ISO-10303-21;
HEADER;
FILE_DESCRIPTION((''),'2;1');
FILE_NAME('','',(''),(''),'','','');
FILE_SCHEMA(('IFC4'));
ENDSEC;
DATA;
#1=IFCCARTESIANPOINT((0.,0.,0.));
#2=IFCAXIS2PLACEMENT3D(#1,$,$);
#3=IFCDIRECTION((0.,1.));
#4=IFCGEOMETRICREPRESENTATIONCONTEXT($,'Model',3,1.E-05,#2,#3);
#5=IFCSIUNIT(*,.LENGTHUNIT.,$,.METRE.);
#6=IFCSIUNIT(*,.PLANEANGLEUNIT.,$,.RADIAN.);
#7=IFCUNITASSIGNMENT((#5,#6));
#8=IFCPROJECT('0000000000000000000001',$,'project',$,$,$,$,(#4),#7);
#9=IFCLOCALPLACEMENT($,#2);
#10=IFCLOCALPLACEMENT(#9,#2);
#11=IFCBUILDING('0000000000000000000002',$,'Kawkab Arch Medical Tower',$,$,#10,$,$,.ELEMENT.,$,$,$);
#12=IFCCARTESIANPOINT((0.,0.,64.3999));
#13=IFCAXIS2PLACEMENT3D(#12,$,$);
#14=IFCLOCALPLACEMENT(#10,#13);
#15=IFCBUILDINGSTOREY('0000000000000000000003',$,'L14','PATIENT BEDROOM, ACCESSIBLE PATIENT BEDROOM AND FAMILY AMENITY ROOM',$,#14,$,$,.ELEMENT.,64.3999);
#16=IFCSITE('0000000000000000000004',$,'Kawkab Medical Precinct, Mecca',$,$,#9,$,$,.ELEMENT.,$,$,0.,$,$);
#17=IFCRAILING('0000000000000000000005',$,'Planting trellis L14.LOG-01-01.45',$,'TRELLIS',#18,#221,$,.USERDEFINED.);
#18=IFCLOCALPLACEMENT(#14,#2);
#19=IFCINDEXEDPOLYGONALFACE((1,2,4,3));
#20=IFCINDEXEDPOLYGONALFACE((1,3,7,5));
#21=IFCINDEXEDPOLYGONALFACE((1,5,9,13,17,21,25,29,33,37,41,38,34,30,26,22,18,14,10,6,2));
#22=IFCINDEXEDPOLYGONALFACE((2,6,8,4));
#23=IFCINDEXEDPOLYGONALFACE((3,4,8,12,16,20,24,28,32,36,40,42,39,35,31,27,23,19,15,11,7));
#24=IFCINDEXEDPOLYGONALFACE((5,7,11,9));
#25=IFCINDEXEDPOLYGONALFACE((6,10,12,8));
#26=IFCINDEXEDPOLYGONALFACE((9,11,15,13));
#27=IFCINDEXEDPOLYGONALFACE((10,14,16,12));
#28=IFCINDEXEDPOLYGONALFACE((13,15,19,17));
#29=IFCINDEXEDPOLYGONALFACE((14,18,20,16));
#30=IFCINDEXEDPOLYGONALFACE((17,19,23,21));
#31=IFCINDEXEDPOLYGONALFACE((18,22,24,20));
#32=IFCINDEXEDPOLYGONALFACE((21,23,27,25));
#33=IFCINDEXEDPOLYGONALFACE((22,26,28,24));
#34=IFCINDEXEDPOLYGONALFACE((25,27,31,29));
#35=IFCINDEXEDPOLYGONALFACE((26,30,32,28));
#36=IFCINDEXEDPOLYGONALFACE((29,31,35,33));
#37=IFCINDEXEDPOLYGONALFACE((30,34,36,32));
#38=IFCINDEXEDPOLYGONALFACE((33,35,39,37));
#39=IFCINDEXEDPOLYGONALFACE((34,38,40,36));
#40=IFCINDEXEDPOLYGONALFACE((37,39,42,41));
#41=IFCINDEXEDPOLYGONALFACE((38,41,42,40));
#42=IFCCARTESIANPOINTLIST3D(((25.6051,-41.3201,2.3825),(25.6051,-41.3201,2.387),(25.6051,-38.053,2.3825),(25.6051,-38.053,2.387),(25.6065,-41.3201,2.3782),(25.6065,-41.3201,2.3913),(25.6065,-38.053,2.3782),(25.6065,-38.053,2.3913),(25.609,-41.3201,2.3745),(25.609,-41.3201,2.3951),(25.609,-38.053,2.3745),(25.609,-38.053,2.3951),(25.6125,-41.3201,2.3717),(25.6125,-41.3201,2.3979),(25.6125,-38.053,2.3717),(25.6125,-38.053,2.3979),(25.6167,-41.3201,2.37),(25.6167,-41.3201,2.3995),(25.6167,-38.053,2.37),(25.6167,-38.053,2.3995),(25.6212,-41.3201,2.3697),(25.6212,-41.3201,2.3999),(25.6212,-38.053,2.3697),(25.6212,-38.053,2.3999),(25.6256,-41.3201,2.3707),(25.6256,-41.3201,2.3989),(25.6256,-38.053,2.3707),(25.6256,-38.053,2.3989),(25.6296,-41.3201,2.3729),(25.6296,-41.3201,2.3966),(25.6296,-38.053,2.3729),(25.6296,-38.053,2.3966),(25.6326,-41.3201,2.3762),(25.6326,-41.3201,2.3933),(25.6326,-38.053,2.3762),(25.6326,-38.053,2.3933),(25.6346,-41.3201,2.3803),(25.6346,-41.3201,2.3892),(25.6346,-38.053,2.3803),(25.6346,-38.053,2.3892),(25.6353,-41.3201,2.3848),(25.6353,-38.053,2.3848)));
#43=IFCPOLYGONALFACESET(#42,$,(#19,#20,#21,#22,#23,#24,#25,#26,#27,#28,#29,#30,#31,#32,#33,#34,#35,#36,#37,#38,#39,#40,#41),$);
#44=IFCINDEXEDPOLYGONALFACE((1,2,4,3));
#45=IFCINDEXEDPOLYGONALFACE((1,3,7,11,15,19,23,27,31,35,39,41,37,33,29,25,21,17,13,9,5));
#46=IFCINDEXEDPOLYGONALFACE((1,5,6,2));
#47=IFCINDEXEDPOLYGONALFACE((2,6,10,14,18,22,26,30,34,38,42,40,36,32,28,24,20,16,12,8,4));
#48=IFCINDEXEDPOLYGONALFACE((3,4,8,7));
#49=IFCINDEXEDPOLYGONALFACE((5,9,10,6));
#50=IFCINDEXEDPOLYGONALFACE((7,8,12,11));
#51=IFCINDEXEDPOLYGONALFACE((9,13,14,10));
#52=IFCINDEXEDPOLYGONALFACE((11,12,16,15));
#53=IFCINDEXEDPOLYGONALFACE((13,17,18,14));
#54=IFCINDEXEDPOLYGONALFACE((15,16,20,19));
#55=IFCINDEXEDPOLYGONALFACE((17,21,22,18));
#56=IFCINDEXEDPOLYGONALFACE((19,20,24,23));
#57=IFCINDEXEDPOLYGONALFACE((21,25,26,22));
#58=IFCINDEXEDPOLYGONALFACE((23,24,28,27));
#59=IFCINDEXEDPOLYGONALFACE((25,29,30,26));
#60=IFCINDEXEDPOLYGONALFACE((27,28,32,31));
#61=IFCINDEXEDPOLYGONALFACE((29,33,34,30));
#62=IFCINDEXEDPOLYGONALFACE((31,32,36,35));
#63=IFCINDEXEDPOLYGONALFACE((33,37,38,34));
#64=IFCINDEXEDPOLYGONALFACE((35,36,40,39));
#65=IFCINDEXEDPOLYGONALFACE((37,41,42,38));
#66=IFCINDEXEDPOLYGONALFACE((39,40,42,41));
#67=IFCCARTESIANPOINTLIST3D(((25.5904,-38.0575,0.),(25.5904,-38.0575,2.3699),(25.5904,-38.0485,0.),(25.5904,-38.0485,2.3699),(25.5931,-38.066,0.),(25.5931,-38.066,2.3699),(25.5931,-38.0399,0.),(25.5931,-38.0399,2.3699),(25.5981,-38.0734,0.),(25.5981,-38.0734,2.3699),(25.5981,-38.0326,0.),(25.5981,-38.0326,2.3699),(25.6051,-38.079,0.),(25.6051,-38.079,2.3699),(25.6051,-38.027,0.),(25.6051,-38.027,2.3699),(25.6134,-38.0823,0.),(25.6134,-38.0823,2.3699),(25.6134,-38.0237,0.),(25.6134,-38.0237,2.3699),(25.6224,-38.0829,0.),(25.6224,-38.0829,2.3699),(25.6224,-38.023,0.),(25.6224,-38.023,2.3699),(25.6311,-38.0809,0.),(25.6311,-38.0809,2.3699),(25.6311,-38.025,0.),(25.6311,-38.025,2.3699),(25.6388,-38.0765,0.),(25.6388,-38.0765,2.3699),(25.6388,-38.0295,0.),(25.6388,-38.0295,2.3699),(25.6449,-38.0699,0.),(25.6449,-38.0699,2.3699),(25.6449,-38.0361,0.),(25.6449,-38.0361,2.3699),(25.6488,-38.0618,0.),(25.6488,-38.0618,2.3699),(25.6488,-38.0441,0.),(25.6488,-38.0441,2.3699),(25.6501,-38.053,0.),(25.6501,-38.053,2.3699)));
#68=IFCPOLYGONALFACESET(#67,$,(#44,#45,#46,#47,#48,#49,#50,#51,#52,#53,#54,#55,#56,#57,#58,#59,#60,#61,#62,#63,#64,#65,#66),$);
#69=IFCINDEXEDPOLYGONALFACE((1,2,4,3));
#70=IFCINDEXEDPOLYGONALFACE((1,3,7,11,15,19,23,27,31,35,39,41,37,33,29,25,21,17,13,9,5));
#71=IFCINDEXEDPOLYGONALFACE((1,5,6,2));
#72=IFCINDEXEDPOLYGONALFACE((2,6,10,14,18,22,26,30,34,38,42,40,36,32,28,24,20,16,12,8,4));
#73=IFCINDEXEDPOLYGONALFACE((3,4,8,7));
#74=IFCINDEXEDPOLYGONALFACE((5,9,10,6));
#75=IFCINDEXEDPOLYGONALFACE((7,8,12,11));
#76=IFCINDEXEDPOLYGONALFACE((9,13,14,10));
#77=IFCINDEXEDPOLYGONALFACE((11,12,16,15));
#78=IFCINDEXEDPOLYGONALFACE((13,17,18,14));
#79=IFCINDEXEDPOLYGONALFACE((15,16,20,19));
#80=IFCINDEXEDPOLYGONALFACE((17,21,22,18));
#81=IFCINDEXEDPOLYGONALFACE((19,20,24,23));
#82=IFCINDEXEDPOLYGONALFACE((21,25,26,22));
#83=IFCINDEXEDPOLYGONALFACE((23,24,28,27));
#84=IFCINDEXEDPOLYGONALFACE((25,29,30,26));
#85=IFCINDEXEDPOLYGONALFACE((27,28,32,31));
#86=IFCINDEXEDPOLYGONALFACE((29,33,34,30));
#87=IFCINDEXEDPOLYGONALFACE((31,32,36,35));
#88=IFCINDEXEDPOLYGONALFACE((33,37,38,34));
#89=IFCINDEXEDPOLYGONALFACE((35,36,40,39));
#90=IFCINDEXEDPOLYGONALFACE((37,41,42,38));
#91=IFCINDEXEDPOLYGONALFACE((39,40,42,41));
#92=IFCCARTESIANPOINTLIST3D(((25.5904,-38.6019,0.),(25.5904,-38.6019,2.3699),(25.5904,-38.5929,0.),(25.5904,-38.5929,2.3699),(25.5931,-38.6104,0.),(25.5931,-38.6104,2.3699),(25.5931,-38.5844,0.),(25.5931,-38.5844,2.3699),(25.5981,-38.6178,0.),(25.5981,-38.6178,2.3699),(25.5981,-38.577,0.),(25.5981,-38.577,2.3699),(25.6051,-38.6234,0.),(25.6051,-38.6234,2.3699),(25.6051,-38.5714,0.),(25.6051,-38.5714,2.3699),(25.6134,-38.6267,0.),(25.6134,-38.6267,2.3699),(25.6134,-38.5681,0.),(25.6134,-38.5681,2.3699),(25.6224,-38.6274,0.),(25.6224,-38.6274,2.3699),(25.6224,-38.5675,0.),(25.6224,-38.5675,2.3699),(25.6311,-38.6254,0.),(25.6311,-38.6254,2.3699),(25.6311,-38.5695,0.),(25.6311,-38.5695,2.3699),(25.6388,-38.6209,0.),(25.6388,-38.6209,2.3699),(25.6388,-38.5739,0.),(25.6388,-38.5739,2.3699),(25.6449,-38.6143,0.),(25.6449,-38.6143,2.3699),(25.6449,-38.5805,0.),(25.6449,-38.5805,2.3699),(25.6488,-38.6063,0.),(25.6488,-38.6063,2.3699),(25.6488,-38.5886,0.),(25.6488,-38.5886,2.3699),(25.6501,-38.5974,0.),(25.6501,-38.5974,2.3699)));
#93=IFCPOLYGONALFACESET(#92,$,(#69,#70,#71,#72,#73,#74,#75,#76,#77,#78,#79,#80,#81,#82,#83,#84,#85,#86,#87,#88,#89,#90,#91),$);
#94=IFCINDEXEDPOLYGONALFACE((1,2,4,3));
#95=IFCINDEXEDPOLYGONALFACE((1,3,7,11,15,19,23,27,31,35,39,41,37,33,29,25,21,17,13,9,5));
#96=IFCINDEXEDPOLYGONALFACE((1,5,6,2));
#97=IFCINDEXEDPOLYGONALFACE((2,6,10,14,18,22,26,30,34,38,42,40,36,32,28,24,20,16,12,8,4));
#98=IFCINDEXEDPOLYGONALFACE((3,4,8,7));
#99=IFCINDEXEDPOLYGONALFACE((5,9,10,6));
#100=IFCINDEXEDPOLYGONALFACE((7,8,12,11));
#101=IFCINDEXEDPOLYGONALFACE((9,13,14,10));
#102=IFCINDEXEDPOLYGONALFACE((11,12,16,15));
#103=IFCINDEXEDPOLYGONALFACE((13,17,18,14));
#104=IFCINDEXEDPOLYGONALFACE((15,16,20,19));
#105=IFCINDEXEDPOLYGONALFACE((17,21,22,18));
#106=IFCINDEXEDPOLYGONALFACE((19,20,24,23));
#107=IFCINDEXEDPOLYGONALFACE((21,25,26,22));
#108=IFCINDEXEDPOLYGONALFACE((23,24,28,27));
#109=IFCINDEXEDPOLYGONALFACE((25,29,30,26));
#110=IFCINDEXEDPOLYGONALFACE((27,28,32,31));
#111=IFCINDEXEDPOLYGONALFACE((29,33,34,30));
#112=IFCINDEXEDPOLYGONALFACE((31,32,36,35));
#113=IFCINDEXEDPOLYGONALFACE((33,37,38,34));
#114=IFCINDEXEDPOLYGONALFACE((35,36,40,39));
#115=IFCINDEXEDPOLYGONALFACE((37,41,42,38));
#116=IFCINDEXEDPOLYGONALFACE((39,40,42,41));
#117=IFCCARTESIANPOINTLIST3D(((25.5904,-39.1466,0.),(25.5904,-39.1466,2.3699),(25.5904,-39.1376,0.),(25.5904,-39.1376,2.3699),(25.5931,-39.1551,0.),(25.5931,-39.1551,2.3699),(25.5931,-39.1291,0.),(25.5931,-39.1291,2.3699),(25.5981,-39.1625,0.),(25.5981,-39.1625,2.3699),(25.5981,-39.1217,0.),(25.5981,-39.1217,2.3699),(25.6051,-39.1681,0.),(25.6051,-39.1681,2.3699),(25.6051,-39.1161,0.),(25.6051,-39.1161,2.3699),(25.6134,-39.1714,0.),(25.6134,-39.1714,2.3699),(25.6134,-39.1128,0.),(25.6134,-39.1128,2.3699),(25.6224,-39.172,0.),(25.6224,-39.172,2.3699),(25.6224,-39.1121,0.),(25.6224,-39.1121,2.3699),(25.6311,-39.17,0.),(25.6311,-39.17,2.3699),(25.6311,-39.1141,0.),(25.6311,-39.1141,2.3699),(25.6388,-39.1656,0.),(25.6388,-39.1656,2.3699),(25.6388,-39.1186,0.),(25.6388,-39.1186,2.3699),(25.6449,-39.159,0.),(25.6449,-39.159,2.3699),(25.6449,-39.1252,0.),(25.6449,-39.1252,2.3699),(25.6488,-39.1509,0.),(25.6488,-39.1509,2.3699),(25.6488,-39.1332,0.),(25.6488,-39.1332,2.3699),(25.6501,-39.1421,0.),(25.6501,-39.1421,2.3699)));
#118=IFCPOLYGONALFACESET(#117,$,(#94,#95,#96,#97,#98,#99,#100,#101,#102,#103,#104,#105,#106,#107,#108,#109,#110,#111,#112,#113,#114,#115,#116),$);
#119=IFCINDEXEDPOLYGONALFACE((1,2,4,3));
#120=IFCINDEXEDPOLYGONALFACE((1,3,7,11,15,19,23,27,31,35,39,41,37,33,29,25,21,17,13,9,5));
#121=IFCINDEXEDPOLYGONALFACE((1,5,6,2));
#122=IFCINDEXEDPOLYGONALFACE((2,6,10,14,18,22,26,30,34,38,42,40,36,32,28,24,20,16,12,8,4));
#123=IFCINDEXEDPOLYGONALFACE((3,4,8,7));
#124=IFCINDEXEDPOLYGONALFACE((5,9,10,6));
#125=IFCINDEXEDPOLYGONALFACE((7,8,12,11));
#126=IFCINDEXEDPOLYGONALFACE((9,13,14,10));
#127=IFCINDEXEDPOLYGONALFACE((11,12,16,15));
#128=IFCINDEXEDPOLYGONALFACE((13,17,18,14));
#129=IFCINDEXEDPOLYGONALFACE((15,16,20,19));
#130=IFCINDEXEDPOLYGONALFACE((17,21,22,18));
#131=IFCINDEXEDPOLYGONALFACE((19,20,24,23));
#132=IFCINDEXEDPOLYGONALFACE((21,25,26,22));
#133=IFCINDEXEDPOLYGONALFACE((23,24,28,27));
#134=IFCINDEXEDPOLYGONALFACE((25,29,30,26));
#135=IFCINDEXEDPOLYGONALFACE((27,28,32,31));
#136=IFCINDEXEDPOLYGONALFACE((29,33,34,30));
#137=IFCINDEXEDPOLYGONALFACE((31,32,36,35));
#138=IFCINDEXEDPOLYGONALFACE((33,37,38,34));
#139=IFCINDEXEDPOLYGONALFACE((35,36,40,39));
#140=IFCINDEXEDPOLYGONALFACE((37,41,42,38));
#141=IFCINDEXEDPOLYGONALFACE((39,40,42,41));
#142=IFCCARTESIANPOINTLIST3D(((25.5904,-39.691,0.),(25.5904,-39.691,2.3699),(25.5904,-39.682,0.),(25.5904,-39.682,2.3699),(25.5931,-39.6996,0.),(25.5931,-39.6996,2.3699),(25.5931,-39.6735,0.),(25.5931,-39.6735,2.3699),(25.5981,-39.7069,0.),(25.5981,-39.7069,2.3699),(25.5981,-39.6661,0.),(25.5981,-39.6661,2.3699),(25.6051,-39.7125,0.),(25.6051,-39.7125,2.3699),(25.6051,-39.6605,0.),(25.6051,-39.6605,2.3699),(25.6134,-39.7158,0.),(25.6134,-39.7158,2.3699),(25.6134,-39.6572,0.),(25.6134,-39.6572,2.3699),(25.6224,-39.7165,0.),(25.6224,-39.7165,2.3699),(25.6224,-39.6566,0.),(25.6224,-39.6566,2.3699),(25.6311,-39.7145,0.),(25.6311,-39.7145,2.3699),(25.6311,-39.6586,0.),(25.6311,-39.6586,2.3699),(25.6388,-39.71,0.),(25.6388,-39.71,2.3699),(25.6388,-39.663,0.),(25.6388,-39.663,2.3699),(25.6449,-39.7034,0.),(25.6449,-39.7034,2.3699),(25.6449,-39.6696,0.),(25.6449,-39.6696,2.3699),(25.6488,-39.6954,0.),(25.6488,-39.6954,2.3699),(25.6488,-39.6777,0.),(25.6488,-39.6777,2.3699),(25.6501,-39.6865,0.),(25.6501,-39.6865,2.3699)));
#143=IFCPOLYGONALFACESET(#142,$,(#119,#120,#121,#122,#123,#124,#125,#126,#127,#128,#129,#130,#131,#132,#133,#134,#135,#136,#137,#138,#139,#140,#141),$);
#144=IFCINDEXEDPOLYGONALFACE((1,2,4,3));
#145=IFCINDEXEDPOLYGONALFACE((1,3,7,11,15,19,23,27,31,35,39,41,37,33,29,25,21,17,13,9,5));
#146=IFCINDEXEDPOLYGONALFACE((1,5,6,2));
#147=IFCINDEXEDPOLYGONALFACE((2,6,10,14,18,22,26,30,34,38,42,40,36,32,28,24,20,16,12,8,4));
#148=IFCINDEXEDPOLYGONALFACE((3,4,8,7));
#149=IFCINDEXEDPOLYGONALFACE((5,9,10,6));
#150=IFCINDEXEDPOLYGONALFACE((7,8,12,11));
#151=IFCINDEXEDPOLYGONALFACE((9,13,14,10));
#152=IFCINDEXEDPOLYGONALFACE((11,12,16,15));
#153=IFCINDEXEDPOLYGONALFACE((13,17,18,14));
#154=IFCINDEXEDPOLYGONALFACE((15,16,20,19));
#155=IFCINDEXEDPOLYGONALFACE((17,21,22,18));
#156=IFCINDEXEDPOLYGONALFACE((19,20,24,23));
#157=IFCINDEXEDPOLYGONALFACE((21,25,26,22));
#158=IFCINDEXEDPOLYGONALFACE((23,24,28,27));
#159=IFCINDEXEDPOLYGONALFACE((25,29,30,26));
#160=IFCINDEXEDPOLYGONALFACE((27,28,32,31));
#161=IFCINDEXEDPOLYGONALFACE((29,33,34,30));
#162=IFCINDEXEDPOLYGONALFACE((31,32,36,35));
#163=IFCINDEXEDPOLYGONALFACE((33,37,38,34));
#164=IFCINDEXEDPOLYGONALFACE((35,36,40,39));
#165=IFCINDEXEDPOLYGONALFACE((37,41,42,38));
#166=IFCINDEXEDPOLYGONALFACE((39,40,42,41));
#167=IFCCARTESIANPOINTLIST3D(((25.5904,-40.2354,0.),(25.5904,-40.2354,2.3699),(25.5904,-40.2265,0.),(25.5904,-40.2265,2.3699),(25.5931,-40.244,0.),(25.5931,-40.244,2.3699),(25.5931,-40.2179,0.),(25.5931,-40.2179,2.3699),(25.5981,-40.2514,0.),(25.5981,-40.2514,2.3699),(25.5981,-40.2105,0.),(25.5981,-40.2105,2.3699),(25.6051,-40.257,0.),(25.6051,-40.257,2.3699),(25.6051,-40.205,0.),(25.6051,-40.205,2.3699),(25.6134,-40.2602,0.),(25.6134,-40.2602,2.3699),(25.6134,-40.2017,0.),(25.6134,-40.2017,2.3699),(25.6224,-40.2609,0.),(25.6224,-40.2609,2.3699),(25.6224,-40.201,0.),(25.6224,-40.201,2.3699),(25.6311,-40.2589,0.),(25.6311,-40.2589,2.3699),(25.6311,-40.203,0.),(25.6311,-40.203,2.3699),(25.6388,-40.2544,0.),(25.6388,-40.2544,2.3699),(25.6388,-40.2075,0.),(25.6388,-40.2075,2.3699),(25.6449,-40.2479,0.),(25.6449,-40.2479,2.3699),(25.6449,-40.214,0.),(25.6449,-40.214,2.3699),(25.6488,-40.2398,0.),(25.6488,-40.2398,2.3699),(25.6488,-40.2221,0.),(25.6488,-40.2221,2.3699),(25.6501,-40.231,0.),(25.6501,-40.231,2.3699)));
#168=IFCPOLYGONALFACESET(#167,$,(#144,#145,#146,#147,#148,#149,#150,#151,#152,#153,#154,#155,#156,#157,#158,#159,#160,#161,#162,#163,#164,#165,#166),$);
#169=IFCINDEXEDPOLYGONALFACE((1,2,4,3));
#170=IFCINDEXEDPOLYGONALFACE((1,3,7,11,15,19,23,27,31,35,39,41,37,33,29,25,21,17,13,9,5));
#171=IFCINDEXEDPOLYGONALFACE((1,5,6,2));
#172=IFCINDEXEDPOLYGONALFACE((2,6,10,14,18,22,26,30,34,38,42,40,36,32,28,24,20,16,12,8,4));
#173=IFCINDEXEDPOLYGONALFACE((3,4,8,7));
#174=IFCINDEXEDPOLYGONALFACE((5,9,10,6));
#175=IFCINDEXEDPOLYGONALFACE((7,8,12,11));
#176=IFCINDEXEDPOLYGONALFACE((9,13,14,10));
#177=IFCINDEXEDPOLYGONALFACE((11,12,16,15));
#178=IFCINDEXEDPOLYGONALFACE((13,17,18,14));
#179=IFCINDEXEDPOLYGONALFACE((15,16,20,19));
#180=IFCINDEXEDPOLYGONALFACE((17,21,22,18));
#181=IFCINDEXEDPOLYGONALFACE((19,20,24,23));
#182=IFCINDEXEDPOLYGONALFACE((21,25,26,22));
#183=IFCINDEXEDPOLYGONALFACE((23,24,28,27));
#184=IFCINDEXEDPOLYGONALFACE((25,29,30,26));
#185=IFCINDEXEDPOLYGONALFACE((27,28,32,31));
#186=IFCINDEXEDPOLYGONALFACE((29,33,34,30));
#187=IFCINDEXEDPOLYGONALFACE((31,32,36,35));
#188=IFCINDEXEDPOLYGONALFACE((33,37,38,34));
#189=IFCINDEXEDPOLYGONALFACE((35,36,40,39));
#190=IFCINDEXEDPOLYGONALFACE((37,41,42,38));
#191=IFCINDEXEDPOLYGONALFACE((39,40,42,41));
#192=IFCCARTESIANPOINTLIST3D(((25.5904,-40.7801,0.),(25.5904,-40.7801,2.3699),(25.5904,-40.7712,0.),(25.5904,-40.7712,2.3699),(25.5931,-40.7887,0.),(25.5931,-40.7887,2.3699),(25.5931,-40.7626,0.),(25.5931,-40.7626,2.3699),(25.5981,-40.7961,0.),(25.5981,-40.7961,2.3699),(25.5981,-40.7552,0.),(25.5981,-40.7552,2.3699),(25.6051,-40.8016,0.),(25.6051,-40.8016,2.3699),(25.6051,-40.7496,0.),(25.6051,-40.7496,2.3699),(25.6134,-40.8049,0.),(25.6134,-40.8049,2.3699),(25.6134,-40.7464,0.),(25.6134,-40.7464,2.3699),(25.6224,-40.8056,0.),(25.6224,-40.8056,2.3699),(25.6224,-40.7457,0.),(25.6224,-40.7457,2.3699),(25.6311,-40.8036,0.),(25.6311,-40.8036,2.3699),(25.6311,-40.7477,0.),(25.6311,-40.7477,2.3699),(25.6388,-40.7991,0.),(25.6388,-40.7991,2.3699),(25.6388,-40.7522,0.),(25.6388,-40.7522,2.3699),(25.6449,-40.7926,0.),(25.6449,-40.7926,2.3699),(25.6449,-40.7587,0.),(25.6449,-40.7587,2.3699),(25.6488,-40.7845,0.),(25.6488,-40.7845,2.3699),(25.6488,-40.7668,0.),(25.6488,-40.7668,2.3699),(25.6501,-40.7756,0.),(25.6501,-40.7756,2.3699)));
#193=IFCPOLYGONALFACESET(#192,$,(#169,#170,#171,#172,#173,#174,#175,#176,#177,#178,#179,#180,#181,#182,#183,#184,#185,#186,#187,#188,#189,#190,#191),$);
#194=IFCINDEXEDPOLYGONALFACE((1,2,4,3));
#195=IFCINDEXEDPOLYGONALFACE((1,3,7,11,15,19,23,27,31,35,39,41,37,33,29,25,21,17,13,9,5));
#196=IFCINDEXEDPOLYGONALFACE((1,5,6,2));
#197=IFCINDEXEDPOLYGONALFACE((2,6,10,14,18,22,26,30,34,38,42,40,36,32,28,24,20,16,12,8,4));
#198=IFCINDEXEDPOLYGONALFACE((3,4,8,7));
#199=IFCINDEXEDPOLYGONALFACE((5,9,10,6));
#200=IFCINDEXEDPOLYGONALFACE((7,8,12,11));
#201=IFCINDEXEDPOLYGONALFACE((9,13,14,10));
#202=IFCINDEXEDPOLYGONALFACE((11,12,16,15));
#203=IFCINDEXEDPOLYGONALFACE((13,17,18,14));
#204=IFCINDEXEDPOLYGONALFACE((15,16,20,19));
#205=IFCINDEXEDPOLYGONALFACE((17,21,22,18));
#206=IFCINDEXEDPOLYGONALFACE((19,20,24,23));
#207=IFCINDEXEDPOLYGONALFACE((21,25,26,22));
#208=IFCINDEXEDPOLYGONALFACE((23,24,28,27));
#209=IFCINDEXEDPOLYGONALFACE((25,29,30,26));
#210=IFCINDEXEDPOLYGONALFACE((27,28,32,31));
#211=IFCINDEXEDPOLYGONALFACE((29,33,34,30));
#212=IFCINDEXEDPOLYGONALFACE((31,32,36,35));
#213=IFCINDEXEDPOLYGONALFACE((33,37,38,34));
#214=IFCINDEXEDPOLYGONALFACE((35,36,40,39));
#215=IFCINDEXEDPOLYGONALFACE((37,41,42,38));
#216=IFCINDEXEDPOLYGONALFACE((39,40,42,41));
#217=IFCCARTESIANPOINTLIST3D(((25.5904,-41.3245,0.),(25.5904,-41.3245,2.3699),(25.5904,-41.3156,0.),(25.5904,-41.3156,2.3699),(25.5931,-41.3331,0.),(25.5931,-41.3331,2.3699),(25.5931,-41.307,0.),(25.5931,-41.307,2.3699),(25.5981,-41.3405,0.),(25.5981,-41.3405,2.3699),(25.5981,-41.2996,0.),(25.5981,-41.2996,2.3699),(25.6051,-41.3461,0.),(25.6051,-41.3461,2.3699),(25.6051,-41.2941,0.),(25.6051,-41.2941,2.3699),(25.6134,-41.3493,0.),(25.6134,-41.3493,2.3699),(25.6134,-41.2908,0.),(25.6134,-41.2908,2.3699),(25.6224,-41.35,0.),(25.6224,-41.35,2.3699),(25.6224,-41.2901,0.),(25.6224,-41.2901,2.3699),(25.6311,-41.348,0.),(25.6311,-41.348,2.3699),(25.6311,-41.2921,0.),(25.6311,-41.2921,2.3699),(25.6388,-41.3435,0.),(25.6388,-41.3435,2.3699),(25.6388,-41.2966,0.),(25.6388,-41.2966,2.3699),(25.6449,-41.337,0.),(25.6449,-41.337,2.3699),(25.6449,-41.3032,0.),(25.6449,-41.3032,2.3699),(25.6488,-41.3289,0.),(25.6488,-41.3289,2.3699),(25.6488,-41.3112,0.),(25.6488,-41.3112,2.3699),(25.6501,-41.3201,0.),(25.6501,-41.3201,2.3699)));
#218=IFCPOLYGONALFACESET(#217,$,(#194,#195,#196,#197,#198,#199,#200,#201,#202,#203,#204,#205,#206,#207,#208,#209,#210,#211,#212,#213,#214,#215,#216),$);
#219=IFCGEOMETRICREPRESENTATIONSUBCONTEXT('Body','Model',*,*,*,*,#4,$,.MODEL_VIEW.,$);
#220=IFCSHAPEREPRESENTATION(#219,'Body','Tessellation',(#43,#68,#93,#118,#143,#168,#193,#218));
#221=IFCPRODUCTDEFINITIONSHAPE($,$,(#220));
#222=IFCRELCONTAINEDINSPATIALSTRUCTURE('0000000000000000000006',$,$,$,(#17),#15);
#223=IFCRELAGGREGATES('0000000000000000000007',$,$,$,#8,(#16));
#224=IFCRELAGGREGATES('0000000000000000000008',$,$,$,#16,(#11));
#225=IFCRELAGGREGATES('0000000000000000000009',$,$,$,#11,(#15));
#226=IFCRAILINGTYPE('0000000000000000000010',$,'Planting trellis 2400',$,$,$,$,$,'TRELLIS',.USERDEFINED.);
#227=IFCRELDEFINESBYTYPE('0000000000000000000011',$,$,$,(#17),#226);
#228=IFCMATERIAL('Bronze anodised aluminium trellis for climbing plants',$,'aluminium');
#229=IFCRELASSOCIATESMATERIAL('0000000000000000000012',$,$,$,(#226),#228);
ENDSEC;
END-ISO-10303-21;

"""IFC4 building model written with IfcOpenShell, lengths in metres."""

from ifc_helpers import new_model, si_unit, direction, frame, origin, origin_2d, place, context, subcontext, project, spatial, circle, extrude, material, type_object, element, save


model = new_model("IFC4")

# Units and contexts
model_context = context("Model", 3, precision=1e-05, world=origin(), true_north=direction((0.0, 1.0)))
body_context = subcontext(model_context, "Body", "Model", "MODEL_VIEW")
ifc_project = project(units=[si_unit("LENGTHUNIT", "METRE"), si_unit("PLANEANGLEUNIT", "RADIAN")], contexts=[model_context])

# Site, building, storey
site_placement = place(None, origin())
site = spatial("IfcSite", under=ifc_project, at=site_placement, Name="Kawkab Medical Precinct, Mecca", CompositionType="ELEMENT", RefElevation=0.0)
building_placement = place(site_placement, origin())
building = spatial("IfcBuilding", under=site, at=building_placement, Name="Kawkab Arch Medical Tower", CompositionType="ELEMENT")
storey_placement = place(building_placement, frame((0.0, 0.0, 64.3999)))
storey = spatial("IfcBuildingStorey", under=building, at=storey_placement, Name="L14", Description="PATIENT BEDROOM, ACCESSIBLE PATIENT BEDROOM AND FAMILY AMENITY ROOM", CompositionType="ELEMENT", Elevation=64.3999)

# Railing
ifc_material_1 = material(Name="Bronze anodised aluminium trellis for climbing plants", Category="aluminium")
railing_type = type_object("IfcRailingType", Name="Planting trellis 2400", ElementType="TRELLIS", PredefinedType="USERDEFINED", material=ifc_material_1)
railing_1_placement = place(storey_placement, frame((25.6201, -38.053, 0.0)))
element("IfcRailing", 1, at=railing_1_placement, inside=storey, type_object=railing_type, Name="Planting trellis L14.LOG-01-01.45", ObjectType="TRELLIS", PredefinedType="USERDEFINED", context=body_context, shape_type="SweptSolid", body=[
    extrude(circle(Radius=0.0151, at=origin_2d()), frame((0.0, 0.0, 2.3848), z_axis=(0.0, -1.0, 0.0), x_axis=(1.0, 0.0, 0.0)), (0.0, 0.0, 1.0), 3.2671),
    extrude(circle(Radius=0.03, at=origin_2d()), origin(), (0.0, 0.0, 1.0), 2.3699),
    extrude(circle(Radius=0.03, at=origin_2d()), frame((0.0, -0.5444, 0.0)), (0.0, 0.0, 1.0), 2.3699),
    extrude(circle(Radius=0.03, at=origin_2d()), frame((0.0, -1.0891, 0.0)), (0.0, 0.0, 1.0), 2.3699),
    extrude(circle(Radius=0.03, at=origin_2d()), frame((0.0, -1.6335, 0.0)), (0.0, 0.0, 1.0), 2.3699),
    extrude(circle(Radius=0.03, at=origin_2d()), frame((0.0, -2.178, 0.0)), (0.0, 0.0, 1.0), 2.3699),
    extrude(circle(Radius=0.03, at=origin_2d()), frame((0.0, -2.7227, 0.0)), (0.0, 0.0, 1.0), 2.3699),
    extrude(circle(Radius=0.03, at=origin_2d()), frame((0.0, -3.2671, 0.0)), (0.0, 0.0, 1.0), 2.3699),
])

save(model, "model.ifc")
